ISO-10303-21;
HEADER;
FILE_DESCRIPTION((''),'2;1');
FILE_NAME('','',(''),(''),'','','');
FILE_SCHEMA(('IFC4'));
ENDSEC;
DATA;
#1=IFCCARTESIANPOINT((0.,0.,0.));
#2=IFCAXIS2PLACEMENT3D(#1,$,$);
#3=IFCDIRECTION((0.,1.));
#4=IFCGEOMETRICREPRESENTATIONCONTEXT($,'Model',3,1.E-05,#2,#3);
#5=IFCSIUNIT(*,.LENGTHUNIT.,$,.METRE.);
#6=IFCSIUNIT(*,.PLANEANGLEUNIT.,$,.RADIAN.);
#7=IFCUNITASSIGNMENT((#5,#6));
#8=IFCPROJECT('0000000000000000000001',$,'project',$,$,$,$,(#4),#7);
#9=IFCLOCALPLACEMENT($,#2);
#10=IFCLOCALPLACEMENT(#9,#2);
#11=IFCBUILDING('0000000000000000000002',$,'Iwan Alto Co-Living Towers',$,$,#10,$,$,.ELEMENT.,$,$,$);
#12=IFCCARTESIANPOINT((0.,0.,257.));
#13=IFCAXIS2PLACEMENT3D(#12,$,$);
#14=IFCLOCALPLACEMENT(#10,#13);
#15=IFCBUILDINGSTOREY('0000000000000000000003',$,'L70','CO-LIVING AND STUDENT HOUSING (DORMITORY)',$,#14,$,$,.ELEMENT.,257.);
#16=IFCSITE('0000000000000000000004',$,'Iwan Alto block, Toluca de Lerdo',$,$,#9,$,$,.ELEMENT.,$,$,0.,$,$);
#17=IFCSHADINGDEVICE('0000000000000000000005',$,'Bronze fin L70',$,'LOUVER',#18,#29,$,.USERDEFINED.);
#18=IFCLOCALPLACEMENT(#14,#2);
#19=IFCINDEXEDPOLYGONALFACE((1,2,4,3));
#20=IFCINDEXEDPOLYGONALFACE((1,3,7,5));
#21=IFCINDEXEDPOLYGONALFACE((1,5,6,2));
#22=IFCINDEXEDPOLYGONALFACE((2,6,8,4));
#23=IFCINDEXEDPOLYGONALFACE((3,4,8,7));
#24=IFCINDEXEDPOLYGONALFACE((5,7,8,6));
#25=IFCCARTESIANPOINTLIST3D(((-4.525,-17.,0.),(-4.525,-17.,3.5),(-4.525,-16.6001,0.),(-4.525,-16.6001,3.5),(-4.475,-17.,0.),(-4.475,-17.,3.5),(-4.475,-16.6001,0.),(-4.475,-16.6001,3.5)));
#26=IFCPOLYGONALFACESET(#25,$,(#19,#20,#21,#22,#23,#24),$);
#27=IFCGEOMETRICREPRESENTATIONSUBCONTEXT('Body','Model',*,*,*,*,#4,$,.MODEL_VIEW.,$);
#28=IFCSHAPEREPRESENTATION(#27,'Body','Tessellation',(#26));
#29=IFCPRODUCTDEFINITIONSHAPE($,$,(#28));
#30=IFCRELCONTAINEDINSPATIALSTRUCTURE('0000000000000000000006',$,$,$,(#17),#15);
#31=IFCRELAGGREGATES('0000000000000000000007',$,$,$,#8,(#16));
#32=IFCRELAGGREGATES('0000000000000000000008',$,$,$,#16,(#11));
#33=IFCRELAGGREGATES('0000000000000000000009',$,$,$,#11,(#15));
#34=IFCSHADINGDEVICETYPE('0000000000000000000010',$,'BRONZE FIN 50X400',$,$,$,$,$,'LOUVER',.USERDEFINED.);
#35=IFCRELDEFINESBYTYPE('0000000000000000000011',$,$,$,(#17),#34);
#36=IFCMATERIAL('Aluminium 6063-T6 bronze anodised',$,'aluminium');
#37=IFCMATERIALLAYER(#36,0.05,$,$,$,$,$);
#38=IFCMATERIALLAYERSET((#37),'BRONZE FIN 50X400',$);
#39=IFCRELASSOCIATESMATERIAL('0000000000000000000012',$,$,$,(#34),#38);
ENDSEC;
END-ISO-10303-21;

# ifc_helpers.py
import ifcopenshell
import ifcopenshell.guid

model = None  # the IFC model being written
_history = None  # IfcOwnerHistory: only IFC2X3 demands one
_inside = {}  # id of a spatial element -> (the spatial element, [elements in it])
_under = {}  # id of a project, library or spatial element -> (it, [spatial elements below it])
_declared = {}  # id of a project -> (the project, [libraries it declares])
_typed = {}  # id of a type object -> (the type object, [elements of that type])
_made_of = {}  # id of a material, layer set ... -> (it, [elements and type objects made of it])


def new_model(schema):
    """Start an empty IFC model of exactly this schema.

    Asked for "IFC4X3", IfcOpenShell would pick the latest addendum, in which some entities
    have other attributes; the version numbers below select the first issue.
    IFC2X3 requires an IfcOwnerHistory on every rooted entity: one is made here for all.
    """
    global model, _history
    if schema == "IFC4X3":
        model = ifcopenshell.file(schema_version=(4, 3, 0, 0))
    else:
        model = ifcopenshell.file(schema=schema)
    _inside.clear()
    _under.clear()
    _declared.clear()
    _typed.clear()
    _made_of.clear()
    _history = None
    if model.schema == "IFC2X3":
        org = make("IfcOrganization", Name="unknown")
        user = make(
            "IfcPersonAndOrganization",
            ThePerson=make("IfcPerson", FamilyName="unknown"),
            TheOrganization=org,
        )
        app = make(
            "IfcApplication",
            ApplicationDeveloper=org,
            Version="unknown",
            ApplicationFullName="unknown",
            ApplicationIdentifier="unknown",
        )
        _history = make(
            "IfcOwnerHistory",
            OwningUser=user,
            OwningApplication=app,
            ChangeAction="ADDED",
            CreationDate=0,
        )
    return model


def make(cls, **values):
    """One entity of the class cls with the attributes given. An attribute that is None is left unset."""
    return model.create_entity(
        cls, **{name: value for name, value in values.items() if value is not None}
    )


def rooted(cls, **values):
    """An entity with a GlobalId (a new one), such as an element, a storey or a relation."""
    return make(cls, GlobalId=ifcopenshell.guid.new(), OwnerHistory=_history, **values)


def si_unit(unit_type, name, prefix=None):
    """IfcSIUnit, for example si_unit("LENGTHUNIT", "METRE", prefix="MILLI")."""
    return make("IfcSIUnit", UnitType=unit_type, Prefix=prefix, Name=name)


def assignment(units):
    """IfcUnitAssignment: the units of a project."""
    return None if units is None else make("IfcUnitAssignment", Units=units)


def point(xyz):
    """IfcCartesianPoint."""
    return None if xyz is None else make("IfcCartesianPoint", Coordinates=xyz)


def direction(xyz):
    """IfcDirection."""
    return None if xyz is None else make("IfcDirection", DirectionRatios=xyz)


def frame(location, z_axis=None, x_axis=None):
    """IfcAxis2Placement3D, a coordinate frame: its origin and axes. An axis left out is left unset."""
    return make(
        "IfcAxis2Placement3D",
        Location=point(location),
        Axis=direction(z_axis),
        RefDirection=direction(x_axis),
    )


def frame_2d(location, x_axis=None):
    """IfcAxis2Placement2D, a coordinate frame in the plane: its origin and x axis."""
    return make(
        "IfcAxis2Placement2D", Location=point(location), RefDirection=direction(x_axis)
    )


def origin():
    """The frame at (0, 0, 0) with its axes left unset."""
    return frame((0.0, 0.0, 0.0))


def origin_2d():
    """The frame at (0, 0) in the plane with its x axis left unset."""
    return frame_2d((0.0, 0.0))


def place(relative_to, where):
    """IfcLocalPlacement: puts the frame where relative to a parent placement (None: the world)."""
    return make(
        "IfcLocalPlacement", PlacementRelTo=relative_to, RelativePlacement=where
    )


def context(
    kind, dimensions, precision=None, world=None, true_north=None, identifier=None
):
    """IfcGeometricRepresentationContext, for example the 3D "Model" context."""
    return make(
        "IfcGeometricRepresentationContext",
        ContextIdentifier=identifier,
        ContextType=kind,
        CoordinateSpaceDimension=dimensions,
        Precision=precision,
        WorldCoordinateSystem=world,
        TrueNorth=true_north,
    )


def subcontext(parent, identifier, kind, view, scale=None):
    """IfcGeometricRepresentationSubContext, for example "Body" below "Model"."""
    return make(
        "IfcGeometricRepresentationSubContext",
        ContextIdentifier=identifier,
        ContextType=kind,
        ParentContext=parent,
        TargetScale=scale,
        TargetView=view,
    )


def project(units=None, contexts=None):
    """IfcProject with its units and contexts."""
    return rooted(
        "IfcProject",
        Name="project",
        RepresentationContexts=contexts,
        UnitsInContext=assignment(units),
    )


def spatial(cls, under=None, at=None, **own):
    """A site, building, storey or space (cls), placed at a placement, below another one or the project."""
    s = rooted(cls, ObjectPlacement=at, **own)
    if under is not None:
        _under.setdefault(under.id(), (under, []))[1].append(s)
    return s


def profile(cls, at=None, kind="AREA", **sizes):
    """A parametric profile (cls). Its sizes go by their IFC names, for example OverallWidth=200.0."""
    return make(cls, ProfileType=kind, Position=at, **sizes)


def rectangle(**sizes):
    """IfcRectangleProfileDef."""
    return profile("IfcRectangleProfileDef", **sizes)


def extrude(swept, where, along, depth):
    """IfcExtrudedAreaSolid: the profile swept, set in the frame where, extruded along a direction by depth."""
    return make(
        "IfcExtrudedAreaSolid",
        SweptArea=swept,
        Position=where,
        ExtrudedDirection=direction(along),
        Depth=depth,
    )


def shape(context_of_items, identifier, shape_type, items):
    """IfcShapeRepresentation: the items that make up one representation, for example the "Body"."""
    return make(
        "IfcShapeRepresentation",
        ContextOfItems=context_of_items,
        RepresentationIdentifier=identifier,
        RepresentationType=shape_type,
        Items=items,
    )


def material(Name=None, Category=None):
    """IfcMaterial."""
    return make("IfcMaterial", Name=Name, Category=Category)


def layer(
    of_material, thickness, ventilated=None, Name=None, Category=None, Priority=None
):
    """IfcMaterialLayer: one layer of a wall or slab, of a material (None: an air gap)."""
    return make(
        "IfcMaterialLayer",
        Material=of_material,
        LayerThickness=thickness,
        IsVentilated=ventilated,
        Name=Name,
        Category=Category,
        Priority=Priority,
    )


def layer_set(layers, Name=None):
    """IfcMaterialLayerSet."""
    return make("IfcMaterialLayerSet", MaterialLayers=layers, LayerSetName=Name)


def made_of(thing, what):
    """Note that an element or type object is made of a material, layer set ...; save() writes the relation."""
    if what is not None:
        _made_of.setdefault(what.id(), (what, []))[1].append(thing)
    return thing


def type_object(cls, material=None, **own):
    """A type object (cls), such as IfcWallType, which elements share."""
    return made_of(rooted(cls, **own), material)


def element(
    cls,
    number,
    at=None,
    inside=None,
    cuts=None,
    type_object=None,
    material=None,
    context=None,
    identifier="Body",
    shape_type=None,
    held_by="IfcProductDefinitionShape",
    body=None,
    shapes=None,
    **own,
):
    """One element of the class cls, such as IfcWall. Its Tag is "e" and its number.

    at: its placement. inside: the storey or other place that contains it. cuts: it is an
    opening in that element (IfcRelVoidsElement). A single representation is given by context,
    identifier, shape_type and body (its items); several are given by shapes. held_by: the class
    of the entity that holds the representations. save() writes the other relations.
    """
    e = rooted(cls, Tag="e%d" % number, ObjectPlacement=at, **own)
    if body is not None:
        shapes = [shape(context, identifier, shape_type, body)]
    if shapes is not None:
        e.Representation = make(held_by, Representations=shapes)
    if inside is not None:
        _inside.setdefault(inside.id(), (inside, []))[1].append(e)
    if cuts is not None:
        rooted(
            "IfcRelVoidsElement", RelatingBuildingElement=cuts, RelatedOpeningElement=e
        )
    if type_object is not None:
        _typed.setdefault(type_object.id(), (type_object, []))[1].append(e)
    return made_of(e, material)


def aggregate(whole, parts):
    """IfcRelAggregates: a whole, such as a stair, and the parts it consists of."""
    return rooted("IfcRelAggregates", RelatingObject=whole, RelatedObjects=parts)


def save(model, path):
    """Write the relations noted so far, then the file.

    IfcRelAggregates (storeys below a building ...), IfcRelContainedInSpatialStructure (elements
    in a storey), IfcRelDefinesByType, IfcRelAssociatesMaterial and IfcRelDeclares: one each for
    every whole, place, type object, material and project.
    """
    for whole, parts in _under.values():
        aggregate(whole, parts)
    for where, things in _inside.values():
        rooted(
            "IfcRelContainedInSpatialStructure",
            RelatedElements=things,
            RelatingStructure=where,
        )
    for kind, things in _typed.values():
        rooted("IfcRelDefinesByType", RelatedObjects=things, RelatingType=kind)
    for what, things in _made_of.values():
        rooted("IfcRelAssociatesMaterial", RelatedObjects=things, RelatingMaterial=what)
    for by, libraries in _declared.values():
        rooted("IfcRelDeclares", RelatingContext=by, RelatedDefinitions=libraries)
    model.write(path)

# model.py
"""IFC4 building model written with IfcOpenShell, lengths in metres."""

from ifc_helpers import new_model, si_unit, direction, frame, origin, origin_2d, place, context, subcontext, project, spatial, rectangle, extrude, material, layer, layer_set, type_object, element, save


model = new_model("IFC4")

# Units and contexts
model_context = context("Model", 3, precision=1e-05, world=origin(), true_north=direction((0.0, 1.0)))
body_context = subcontext(model_context, "Body", "Model", "MODEL_VIEW")
ifc_project = project(units=[si_unit("LENGTHUNIT", "METRE"), si_unit("PLANEANGLEUNIT", "RADIAN")], contexts=[model_context])

# Site, building, storey
site_placement = place(None, origin())
site = spatial("IfcSite", under=ifc_project, at=site_placement, Name="Iwan Alto block, Toluca de Lerdo", CompositionType="ELEMENT", RefElevation=0.0)
building_placement = place(site_placement, origin())
building = spatial("IfcBuilding", under=site, at=building_placement, Name="Iwan Alto Co-Living Towers", CompositionType="ELEMENT")
storey_placement = place(building_placement, frame((0.0, 0.0, 257.0)))
storey = spatial("IfcBuildingStorey", under=building, at=storey_placement, Name="L70", Description="CO-LIVING AND STUDENT HOUSING (DORMITORY)", CompositionType="ELEMENT", Elevation=257.0)

# Shading device
ifc_material_1 = material(Name="Aluminium 6063-T6 bronze anodised", Category="aluminium")
ifc_layer_1 = layer(ifc_material_1, 0.05)
ifc_layer_set_1 = layer_set([ifc_layer_1], Name="BRONZE FIN 50X400")
shading_device_type = type_object("IfcShadingDeviceType", Name="BRONZE FIN 50X400", ElementType="LOUVER", PredefinedType="USERDEFINED", material=ifc_layer_set_1)
shading_device_placement = place(storey_placement, frame((-4.5, -16.8, 0.0), z_axis=(0.0, 0.0, 1.0), x_axis=(1.0, 0.0, 0.0)))
element("IfcShadingDevice", 1, at=shading_device_placement, inside=storey, type_object=shading_device_type, Name="Bronze fin L70", ObjectType="LOUVER", PredefinedType="USERDEFINED", context=body_context, shape_type="SweptSolid", body=[
    extrude(rectangle(XDim=0.05, YDim=0.3999, at=origin_2d()), origin(), (0.0, 0.0, 1.0), 3.5),
])

save(model, "model.ifc")
